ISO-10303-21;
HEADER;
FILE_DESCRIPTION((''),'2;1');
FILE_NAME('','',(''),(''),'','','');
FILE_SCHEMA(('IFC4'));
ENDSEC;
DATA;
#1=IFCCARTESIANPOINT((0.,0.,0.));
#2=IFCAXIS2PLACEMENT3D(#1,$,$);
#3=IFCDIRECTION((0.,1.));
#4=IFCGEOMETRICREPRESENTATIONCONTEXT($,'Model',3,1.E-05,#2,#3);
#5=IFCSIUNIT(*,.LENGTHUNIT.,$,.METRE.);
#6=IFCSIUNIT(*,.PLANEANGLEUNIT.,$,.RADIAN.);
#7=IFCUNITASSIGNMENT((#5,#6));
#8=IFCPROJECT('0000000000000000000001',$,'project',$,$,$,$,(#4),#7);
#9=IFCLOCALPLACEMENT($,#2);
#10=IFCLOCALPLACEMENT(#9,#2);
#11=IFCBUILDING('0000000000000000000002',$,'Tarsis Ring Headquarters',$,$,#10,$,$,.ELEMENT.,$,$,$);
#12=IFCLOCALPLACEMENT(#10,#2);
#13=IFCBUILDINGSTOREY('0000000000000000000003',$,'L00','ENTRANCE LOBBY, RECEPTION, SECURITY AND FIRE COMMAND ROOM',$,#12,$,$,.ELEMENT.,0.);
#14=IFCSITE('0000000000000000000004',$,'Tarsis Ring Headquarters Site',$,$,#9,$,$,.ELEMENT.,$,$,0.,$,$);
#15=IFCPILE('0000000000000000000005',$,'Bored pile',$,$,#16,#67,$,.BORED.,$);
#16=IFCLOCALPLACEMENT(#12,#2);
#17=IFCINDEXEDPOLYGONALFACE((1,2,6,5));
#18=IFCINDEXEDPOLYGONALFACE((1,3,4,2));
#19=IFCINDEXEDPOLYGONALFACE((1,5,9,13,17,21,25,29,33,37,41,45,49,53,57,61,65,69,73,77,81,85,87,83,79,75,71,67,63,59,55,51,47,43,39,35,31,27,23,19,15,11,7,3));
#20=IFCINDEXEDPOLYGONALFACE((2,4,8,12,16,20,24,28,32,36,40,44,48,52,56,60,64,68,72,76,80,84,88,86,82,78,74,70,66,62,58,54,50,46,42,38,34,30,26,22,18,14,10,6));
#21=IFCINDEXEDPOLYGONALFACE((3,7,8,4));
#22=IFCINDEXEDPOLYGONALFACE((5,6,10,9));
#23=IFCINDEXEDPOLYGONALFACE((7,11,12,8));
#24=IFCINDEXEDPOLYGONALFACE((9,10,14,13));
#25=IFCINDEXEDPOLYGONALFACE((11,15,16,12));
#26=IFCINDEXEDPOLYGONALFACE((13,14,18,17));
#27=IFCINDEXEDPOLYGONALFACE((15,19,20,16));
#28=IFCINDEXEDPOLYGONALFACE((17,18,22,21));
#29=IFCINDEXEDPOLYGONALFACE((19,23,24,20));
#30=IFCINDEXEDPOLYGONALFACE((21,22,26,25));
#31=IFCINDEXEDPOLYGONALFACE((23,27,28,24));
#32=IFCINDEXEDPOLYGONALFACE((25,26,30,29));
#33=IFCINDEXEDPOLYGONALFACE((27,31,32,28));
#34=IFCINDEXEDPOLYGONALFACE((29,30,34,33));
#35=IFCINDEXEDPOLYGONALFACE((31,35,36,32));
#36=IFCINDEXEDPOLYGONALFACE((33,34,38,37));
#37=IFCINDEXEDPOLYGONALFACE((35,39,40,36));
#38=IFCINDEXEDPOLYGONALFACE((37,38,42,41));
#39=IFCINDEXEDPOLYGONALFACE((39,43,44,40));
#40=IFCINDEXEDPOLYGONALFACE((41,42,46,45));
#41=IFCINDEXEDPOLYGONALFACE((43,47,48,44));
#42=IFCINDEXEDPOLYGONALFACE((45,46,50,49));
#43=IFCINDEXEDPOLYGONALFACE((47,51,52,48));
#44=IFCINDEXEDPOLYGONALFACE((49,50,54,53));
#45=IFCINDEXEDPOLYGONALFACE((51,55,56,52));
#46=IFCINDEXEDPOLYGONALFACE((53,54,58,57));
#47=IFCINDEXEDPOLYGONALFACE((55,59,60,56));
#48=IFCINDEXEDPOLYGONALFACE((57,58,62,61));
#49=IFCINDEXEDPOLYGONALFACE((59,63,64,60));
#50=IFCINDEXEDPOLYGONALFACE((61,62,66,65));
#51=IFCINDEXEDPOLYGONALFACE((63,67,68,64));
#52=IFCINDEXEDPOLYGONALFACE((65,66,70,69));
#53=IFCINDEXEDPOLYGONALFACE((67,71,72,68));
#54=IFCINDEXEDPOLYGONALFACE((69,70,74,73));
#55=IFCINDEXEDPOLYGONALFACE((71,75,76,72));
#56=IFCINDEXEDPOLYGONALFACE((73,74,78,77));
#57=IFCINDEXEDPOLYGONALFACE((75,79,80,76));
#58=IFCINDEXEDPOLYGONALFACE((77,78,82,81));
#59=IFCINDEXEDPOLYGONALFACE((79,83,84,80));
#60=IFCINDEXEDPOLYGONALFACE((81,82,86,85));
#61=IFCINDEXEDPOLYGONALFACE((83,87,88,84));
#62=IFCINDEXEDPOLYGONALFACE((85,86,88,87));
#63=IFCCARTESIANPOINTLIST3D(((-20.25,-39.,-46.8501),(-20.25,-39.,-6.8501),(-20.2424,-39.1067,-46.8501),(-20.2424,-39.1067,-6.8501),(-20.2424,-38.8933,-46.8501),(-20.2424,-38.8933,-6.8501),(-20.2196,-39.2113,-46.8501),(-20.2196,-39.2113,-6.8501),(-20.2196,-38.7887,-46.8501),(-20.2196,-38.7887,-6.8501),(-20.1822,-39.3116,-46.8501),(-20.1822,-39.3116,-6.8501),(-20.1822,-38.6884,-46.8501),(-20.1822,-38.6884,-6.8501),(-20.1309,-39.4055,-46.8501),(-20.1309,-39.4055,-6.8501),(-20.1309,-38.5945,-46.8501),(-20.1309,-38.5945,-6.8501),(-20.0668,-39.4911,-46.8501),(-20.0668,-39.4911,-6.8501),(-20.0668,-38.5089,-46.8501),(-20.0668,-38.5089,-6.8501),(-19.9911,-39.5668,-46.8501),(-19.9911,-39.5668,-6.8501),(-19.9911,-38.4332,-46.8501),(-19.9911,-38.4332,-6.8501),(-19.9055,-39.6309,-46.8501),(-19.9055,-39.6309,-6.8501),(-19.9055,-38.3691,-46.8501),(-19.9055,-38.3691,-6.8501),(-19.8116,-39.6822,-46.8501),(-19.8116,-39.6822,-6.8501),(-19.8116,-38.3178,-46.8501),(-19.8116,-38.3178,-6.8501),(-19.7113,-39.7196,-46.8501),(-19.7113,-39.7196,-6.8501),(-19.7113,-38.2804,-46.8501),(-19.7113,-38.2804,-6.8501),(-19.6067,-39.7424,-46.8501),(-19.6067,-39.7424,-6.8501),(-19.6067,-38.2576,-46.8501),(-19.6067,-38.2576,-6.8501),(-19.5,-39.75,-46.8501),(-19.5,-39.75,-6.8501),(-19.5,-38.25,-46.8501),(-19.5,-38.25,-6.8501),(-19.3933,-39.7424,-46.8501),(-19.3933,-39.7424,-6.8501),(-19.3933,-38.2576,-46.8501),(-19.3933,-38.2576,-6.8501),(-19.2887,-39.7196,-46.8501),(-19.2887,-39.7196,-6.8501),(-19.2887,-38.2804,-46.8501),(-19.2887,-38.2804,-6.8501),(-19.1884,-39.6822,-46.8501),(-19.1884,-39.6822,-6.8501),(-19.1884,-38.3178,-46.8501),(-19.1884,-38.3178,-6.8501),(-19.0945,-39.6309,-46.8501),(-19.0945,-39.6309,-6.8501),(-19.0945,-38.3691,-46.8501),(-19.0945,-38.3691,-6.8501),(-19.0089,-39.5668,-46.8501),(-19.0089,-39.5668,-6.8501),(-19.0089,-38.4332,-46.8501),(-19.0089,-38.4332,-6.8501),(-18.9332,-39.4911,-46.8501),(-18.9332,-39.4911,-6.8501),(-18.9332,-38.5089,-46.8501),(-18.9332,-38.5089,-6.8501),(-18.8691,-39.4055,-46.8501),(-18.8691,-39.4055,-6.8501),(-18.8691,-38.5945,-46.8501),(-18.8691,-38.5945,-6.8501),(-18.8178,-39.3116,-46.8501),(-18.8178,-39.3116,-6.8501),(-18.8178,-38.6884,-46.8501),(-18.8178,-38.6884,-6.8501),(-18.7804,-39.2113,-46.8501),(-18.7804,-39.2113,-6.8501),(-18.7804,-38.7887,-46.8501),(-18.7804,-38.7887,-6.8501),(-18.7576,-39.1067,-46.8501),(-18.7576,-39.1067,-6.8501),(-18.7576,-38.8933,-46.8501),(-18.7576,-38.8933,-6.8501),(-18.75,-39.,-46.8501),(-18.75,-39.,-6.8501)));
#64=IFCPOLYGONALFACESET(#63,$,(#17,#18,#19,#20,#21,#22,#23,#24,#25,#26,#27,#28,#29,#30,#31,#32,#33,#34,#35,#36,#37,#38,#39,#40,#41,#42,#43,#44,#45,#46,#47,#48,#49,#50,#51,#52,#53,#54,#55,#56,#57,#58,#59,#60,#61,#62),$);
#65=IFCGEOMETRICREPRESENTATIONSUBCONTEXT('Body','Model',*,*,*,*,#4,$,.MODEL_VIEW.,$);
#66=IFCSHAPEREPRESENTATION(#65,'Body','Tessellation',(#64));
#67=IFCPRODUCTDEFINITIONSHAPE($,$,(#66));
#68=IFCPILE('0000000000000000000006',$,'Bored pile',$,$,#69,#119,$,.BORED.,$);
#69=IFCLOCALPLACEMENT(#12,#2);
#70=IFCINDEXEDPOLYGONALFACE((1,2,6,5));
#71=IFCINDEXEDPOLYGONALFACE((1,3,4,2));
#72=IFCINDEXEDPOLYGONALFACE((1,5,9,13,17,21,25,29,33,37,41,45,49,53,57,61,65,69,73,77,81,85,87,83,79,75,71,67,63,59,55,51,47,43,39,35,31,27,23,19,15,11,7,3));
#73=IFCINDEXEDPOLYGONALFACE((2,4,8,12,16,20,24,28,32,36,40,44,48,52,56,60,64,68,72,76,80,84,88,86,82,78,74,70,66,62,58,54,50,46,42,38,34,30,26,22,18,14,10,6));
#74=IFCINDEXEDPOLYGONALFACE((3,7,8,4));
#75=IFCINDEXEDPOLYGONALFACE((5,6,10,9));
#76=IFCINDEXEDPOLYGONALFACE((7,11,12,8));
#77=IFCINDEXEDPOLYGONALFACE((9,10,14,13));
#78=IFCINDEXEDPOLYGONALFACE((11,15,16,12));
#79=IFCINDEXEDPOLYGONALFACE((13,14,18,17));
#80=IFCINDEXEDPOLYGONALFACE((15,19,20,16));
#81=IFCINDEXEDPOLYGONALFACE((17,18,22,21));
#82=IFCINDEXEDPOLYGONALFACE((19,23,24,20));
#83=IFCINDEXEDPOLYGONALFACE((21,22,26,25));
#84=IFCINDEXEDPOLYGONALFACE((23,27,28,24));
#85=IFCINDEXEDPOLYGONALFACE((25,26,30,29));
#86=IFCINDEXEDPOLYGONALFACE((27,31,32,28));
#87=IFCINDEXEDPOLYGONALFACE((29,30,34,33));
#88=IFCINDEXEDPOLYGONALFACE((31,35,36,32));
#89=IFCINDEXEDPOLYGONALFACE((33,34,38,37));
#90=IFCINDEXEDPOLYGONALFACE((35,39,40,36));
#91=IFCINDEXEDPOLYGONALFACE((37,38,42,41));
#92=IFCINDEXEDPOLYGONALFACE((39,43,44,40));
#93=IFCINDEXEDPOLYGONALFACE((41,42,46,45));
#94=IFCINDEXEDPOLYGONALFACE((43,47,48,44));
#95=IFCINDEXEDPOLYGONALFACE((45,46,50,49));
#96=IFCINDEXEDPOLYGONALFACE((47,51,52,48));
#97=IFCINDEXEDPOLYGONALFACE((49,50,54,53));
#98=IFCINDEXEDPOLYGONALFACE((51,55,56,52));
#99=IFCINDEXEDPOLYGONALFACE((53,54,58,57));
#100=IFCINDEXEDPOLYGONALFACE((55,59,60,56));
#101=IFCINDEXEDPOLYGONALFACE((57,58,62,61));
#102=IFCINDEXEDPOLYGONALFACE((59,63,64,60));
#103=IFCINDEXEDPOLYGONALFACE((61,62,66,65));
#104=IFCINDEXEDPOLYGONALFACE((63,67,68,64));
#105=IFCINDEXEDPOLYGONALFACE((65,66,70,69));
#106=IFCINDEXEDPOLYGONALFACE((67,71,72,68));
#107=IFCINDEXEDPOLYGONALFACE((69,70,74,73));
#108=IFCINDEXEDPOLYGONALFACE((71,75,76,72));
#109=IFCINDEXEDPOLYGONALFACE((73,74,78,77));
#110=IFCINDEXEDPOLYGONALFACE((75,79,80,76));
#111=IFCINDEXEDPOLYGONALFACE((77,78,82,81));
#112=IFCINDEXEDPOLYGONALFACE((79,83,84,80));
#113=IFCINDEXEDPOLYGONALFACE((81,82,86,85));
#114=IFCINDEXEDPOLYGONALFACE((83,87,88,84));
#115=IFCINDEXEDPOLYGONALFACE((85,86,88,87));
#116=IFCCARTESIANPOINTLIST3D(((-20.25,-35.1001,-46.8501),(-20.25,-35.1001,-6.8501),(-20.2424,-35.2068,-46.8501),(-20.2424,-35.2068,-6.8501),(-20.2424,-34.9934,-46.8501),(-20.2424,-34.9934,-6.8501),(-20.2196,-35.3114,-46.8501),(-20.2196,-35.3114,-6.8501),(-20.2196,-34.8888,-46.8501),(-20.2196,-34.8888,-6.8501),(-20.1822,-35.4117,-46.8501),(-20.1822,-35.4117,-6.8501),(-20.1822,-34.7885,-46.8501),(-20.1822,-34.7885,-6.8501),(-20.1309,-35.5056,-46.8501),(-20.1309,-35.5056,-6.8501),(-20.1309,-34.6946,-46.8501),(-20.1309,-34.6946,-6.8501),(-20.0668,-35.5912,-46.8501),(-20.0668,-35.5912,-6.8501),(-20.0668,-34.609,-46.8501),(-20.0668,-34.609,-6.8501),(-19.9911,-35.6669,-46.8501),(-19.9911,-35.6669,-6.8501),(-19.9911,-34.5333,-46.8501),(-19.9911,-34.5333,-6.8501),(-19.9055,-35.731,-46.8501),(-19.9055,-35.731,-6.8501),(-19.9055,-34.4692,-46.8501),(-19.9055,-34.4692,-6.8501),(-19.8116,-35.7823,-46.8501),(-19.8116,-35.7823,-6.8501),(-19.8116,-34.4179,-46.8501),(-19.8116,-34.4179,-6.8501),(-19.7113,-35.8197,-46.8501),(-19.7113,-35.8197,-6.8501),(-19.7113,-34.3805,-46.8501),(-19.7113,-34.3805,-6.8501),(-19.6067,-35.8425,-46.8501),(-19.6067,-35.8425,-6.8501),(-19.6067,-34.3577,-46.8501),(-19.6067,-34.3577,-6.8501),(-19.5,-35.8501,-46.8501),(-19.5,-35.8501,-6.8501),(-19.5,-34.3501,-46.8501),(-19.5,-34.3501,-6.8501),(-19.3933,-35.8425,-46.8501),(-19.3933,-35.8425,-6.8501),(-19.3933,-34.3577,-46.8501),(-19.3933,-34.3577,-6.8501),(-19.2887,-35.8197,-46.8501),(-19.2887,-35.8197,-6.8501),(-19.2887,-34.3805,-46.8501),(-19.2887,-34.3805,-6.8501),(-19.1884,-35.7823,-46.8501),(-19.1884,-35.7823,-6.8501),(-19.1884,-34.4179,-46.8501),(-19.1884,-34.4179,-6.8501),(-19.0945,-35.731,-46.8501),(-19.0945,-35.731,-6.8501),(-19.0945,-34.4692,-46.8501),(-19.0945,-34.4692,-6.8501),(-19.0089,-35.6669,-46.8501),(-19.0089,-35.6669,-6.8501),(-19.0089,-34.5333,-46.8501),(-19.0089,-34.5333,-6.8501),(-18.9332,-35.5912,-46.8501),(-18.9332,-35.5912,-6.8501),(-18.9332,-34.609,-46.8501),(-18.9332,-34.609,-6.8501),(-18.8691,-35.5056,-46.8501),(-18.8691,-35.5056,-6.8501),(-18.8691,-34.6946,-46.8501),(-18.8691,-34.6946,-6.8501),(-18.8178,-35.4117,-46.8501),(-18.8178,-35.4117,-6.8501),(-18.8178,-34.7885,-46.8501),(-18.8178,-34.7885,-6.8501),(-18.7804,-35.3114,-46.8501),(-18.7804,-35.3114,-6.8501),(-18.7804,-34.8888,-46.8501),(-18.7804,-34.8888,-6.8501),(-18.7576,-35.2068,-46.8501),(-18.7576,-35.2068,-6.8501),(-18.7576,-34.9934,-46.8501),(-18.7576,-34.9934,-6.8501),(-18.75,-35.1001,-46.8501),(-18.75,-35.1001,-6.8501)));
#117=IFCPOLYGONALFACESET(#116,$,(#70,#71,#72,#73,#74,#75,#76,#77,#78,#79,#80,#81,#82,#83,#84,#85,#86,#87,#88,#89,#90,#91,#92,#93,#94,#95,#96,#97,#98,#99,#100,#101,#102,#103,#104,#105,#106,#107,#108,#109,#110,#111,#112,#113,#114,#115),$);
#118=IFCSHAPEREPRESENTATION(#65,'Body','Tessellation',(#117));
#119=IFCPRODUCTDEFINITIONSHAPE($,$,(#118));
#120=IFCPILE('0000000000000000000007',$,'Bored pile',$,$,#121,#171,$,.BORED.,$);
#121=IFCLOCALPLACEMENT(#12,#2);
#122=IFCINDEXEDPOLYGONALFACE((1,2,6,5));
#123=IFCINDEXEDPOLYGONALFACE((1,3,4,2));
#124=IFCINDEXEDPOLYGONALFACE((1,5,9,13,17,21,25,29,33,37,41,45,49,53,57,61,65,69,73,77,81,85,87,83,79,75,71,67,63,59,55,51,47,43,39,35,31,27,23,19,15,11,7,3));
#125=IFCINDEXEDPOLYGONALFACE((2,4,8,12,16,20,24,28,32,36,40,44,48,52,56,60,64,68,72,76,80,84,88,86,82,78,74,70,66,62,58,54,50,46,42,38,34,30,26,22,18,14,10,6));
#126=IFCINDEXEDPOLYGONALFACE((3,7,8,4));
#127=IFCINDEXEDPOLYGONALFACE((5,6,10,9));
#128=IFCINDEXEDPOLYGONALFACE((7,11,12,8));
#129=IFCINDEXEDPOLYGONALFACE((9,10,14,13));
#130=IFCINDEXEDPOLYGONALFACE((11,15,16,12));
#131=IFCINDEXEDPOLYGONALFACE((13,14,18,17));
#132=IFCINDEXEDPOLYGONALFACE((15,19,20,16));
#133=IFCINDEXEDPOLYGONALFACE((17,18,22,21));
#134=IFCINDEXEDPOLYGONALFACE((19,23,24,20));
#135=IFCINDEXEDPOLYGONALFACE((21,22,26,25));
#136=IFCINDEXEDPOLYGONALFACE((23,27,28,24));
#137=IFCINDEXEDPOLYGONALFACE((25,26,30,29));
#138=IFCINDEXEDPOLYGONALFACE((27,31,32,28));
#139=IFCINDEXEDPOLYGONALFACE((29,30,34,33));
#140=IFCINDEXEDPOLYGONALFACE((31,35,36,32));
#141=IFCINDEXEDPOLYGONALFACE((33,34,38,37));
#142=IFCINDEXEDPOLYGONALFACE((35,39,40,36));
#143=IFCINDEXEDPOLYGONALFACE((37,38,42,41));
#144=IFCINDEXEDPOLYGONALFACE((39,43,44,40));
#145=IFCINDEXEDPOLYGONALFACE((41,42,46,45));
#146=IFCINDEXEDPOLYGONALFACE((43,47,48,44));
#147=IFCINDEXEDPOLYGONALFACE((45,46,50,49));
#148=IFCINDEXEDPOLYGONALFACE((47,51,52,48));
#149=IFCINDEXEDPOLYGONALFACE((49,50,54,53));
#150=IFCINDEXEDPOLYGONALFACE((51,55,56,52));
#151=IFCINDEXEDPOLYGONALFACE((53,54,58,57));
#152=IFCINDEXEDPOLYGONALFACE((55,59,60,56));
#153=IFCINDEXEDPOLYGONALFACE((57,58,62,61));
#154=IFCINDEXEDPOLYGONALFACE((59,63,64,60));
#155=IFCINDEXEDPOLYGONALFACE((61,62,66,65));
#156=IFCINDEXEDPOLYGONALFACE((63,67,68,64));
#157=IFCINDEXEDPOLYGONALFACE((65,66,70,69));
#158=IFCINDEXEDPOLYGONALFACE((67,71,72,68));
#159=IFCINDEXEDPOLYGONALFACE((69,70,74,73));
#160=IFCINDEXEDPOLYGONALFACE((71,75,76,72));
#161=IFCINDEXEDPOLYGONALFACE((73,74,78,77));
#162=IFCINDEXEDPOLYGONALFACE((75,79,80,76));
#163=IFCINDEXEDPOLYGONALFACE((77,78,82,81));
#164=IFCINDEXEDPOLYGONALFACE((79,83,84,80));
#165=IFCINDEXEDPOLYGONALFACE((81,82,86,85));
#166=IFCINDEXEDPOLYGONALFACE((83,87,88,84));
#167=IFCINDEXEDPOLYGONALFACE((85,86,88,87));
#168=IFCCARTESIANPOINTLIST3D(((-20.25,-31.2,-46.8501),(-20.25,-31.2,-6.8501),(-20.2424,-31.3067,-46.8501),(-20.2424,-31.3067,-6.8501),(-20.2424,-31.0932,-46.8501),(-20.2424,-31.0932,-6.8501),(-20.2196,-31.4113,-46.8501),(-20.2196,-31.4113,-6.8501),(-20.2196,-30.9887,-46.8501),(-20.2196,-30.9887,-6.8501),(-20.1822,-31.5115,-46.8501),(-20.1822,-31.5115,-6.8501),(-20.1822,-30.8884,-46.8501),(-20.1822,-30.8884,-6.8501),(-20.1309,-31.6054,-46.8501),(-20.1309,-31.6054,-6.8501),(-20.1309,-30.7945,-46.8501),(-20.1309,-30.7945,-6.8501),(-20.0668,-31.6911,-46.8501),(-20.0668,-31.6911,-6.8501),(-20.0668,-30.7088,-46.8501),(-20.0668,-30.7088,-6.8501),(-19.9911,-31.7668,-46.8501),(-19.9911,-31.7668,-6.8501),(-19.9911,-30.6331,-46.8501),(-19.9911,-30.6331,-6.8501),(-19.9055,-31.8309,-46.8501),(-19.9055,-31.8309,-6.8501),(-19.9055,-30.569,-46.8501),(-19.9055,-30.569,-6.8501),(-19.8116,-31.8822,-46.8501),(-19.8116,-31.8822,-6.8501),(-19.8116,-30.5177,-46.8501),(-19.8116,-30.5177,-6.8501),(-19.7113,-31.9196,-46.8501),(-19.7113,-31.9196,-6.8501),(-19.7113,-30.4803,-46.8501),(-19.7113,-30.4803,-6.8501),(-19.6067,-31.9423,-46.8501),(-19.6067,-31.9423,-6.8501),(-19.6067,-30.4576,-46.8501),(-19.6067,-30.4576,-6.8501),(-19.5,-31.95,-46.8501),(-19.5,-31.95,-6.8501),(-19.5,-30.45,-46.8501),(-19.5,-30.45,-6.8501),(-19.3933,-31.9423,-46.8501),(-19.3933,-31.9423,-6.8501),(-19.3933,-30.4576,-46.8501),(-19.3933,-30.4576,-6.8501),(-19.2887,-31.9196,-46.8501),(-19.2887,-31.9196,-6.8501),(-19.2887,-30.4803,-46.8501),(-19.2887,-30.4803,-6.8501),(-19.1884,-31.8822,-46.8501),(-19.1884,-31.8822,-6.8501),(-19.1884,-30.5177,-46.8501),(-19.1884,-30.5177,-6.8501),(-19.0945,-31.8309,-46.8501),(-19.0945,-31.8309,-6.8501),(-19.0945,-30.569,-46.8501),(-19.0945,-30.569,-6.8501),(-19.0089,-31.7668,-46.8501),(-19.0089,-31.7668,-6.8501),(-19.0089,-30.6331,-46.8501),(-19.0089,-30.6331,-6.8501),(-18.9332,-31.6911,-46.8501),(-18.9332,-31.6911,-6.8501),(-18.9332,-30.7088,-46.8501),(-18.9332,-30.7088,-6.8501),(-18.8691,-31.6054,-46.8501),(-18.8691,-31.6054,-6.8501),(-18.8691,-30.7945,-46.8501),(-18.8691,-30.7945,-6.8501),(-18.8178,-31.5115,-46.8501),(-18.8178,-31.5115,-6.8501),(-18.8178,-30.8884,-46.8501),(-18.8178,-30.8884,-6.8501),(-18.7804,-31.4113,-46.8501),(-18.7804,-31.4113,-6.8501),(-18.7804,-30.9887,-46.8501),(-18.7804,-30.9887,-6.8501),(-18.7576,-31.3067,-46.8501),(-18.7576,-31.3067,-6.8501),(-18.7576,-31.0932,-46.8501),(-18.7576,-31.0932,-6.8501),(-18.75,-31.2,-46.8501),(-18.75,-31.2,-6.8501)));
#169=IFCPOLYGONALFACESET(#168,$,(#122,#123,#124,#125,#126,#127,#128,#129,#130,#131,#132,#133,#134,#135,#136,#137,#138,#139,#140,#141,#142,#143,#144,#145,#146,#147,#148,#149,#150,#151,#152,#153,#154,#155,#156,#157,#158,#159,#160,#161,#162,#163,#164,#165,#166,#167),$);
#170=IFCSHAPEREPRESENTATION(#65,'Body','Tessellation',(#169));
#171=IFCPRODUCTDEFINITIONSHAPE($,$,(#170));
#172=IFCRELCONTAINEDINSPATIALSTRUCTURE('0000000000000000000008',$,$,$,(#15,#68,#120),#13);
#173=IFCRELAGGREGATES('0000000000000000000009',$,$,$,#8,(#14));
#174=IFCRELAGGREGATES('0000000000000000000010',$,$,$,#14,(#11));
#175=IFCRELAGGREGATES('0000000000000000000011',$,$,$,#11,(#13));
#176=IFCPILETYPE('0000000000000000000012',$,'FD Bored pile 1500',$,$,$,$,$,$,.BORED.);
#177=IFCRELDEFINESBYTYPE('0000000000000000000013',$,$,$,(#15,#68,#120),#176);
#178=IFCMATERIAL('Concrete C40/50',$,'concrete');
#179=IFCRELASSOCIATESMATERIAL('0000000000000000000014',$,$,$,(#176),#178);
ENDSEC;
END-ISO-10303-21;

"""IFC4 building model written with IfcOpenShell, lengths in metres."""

from ifc_helpers import new_model, si_unit, direction, frame, origin, origin_2d, place, context, subcontext, project, spatial, circle, extrude, material, material_profile, profile_set, type_object, element, save


model = new_model("IFC4")

# Units and contexts
model_context = context("Model", 3, precision=1e-05, world=origin(), true_north=direction((0.0, 1.0)))
body_context = subcontext(model_context, "Body", "Model", "MODEL_VIEW")
ifc_project = project(units=[si_unit("LENGTHUNIT", "METRE"), si_unit("PLANEANGLEUNIT", "RADIAN")], contexts=[model_context])

# Site, building, storey
site_placement = place(None, origin())
site = spatial("IfcSite", under=ifc_project, at=site_placement, Name="Tarsis Ring Headquarters Site", CompositionType="ELEMENT", RefElevation=0.0)
building_placement = place(site_placement, origin())
building = spatial("IfcBuilding", under=site, at=building_placement, Name="Tarsis Ring Headquarters", CompositionType="ELEMENT")
storey_placement = place(building_placement, origin())
storey = spatial("IfcBuildingStorey", under=building, at=storey_placement, Name="L00", Description="ENTRANCE LOBBY, RECEPTION, SECURITY AND FIRE COMMAND ROOM", CompositionType="ELEMENT", Elevation=0.0)

# Piles
ifc_material_1 = material(Name="Concrete C40/50", Category="concrete")
ifc_material_profile_1 = material_profile(ifc_material_1, circle(Radius=0.75, at=origin_2d()), Name="BORED 1500")
ifc_profile_set_1 = profile_set([ifc_material_profile_1], Name="Concrete C40/50")
pile_type_1 = type_object("IfcPileType", Name="FD Bored pile 1500", PredefinedType="BORED", material=ifc_profile_set_1)
for number, where, z_axis, x_axis, name in (
    (1, (-19.5, -39.0, -6.8501), (0.0, 0.0, -1.0), (1.0, 0.0, 0.0), "Bored pile"),
    (2, (-19.5, -35.1001, -6.8501), (0.0, 0.0, -1.0), (1.0, 0.0, 0.0), "Bored pile"),
    (3, (-19.5, -31.2, -6.8501), (0.0, 0.0, -1.0), (1.0, 0.0, 0.0), "Bored pile"),
):
    element("IfcPile", number, at=place(storey_placement, frame(where, z_axis=z_axis, x_axis=x_axis)), inside=storey, type_object=pile_type_1, Name=name, PredefinedType="BORED", context=body_context, shape_type="SweptSolid", body=[
        extrude(circle(Radius=0.75, at=origin_2d()), origin(), (0.0, 0.0, 1.0), 40.0),
    ])

save(model, "model.ifc")
